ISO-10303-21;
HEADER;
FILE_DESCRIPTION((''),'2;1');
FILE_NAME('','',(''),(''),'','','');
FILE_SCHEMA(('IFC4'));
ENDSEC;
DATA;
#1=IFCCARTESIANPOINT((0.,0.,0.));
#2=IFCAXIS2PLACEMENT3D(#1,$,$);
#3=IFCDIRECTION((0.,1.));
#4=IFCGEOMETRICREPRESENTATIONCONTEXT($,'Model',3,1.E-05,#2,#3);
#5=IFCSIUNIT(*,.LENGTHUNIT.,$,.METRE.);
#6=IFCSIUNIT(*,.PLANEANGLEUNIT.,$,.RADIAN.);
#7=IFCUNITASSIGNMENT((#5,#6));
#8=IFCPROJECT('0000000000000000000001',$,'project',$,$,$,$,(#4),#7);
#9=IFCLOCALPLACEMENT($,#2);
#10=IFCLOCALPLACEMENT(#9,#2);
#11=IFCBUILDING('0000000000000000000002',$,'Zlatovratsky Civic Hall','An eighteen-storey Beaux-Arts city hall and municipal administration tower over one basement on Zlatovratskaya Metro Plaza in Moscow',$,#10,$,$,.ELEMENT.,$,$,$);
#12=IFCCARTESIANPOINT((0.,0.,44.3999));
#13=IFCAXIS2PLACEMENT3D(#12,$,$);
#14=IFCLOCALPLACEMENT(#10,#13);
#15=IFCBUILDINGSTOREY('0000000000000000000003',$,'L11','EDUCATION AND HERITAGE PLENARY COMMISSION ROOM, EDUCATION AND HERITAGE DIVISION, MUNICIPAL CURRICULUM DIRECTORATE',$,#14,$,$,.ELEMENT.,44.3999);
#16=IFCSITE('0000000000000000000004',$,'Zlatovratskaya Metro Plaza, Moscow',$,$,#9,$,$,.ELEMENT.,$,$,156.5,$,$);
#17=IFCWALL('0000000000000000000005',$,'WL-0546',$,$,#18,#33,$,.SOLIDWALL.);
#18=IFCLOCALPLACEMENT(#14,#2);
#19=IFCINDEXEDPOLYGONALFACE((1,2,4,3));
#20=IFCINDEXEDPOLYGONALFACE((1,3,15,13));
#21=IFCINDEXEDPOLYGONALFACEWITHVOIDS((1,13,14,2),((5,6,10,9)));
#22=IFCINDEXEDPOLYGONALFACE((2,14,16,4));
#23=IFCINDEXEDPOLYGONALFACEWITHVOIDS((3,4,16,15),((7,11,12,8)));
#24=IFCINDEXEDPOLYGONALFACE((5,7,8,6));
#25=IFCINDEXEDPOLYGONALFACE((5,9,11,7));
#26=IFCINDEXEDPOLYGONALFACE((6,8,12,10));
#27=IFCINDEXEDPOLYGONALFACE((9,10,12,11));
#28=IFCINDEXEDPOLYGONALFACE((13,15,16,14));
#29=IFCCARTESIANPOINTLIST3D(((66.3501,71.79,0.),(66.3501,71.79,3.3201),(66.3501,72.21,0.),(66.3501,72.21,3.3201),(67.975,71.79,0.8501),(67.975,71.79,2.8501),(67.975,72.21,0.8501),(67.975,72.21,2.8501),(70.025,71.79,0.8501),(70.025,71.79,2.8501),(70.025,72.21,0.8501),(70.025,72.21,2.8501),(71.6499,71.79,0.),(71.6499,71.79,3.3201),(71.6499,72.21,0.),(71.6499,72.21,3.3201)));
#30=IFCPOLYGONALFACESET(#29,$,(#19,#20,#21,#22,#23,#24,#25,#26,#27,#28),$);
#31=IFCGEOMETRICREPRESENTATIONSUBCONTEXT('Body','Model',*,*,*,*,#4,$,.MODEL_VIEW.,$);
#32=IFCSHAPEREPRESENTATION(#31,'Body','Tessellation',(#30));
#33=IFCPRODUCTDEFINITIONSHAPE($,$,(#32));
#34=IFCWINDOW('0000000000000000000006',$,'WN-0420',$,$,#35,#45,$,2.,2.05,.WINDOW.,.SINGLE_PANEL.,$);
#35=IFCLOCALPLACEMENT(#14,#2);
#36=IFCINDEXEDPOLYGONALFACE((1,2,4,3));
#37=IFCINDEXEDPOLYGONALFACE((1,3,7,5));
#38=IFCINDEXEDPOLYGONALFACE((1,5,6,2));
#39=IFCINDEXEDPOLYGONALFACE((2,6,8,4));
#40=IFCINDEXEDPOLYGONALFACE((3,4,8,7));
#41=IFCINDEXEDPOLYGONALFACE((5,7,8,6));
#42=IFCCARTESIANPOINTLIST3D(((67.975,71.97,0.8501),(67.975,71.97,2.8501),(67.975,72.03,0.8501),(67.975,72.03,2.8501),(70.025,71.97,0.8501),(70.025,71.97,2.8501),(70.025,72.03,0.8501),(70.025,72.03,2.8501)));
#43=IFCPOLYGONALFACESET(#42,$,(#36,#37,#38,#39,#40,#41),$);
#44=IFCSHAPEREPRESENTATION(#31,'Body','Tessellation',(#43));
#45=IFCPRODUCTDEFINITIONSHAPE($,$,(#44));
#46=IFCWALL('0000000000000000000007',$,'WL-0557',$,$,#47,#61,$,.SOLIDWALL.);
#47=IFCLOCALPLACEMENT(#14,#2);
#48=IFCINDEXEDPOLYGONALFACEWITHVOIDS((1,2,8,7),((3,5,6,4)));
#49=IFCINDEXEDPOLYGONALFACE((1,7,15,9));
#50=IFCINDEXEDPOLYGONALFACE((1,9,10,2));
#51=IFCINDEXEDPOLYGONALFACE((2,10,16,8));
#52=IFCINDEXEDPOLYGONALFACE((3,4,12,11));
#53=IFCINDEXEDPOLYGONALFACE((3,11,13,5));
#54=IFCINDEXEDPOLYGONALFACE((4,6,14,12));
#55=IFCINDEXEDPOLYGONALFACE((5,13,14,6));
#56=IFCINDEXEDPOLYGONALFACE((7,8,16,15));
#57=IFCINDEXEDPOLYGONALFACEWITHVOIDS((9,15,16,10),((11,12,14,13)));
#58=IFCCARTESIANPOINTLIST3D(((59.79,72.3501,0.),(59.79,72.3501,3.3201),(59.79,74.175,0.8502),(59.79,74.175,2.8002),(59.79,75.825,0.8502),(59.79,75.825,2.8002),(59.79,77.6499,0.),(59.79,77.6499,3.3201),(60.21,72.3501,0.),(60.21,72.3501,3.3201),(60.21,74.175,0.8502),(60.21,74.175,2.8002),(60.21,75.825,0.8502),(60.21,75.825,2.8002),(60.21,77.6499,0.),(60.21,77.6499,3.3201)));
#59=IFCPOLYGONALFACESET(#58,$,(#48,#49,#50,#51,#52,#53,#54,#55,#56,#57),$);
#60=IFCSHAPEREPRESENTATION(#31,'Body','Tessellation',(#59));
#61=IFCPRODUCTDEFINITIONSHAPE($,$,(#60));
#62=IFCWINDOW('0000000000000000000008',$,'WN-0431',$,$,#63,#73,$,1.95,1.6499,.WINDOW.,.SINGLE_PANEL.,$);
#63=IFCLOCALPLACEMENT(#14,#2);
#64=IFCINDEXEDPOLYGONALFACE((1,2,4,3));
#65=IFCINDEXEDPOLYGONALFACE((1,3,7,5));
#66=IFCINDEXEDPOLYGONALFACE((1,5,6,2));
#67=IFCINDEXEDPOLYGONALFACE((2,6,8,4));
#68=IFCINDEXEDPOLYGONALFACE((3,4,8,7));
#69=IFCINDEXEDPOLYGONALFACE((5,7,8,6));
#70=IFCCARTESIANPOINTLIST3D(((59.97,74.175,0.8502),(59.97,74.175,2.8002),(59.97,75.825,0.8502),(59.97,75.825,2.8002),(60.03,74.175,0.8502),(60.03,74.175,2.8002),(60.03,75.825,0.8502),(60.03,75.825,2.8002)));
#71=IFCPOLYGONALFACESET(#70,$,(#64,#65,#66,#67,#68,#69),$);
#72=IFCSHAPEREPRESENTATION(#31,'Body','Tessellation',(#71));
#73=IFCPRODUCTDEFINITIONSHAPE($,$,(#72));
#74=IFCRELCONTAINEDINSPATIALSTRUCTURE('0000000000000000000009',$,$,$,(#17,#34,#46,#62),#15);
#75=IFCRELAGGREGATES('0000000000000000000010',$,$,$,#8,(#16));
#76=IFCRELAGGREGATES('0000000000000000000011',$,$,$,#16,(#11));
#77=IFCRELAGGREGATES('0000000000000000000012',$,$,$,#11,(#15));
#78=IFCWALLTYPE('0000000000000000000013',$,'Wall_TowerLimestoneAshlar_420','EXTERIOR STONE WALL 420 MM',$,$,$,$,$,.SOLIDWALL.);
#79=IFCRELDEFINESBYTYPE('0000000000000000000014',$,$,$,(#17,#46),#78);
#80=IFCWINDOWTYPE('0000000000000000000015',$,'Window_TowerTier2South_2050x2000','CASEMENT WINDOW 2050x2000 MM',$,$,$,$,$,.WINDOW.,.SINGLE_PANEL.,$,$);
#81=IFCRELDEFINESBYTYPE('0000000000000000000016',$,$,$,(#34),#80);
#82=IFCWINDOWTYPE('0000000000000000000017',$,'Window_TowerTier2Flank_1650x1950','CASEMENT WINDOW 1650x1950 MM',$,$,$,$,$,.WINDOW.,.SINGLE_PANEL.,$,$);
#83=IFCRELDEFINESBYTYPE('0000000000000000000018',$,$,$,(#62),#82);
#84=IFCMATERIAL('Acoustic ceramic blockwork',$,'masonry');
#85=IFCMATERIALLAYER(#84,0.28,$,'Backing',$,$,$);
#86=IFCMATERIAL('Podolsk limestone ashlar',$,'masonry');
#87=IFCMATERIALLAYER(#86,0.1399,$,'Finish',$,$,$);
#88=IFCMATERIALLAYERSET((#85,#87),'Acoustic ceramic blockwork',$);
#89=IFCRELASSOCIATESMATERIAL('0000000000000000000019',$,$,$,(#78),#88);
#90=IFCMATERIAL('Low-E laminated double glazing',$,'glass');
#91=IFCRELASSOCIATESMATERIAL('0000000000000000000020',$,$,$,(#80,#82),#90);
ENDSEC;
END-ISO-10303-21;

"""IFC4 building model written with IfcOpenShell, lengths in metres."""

from ifc_helpers import new_model, si_unit, direction, frame, frame_2d, origin, place, context, subcontext, project, spatial, rectangle, extrude, material, layer, layer_set, type_object, element, fill, save


model = new_model("IFC4")

# Units and contexts
model_context = context("Model", 3, precision=1e-05, world=origin(), true_north=direction((0.0, 1.0)))
body_context = subcontext(model_context, "Body", "Model", "MODEL_VIEW")
ifc_project = project(units=[si_unit("LENGTHUNIT", "METRE"), si_unit("PLANEANGLEUNIT", "RADIAN")], contexts=[model_context])

# Site, building, storey
site_placement = place(None, origin())
site = spatial("IfcSite", under=ifc_project, at=site_placement, Name="Zlatovratskaya Metro Plaza, Moscow", CompositionType="ELEMENT", RefElevation=156.5)
building_placement = place(site_placement, origin())
building = spatial("IfcBuilding", under=site, at=building_placement, Name="Zlatovratsky Civic Hall", Description="An eighteen-storey Beaux-Arts city hall and municipal administration tower over one basement on Zlatovratskaya Metro Plaza in Moscow", CompositionType="ELEMENT")
storey_placement = place(building_placement, frame((0.0, 0.0, 44.3999)))
storey = spatial("IfcBuildingStorey", under=building, at=storey_placement, Name="L11", Description="EDUCATION AND HERITAGE PLENARY COMMISSION ROOM, EDUCATION AND HERITAGE DIVISION, MUNICIPAL CURRICULUM DIRECTORATE", CompositionType="ELEMENT", Elevation=44.3999)

# Walls, openings, windows
ifc_material_1 = material(Name="Acoustic ceramic blockwork", Category="masonry")
ifc_layer_1 = layer(ifc_material_1, 0.28, Name="Backing")
ifc_material_2 = material(Name="Podolsk limestone ashlar", Category="masonry")
ifc_layer_2 = layer(ifc_material_2, 0.1399, Name="Finish")
ifc_layer_set_1 = layer_set([ifc_layer_1, ifc_layer_2], Name="Acoustic ceramic blockwork")
wall_type = type_object("IfcWallType", Name="Wall_TowerLimestoneAshlar_420", Description="EXTERIOR STONE WALL 420 MM", PredefinedType="SOLIDWALL", material=ifc_layer_set_1)
ifc_material_3 = material(Name="Low-E laminated double glazing", Category="glass")
window_type_1 = type_object("IfcWindowType", Name="Window_TowerTier2South_2050x2000", Description="CASEMENT WINDOW 2050x2000 MM", PartitioningType="SINGLE_PANEL", PredefinedType="WINDOW", material=ifc_material_3)
wall_1_placement = place(storey_placement, frame((66.3501, 72.0, 0.0), z_axis=(0.0, 0.0, 1.0), x_axis=(1.0, 0.0, 0.0)))
wall_1 = element("IfcWall", 1, at=wall_1_placement, inside=storey, type_object=wall_type, Name="WL-0546", PredefinedType="SOLIDWALL", context=body_context, shape_type="SweptSolid", body=[
    extrude(rectangle(XDim=5.2998, YDim=0.4199, at=frame_2d((2.6499, 0.0))), origin(), (0.0, 0.0, 1.0), 3.3201),
])
opening_1_placement = place(wall_1_placement, frame((1.625, 0.0, 0.8501)))
opening_1 = element("IfcOpeningElement", 2, at=opening_1_placement, cuts=wall_1, PredefinedType="OPENING", context=body_context, shape_type="SweptSolid", body=[
    extrude(rectangle(XDim=2.05, YDim=2.0, at=frame_2d((1.0249, 1.0))), frame((0.0, 0.2249, 0.0), z_axis=(0.0, -1.0, 0.0), x_axis=(1.0, 0.0, 0.0)), (0.0, 0.0, 1.0), 0.4497),
])
window_1_placement = place(opening_1_placement, origin())
window_1 = element("IfcWindow", 3, at=window_1_placement, inside=storey, type_object=window_type_1, Name="WN-0420", OverallHeight=2.0, OverallWidth=2.05, PartitioningType="SINGLE_PANEL", PredefinedType="WINDOW", context=body_context, shape_type="SweptSolid", body=[
    extrude(rectangle(XDim=2.05, YDim=2.0, at=frame_2d((1.0249, 1.0))), frame((0.0, 0.03, 0.0), z_axis=(0.0, -1.0, 0.0), x_axis=(1.0, 0.0, 0.0)), (0.0, 0.0, 1.0), 0.0601),
])
fill(opening_1, window_1)
wall_2_placement = place(storey_placement, frame((60.0, 72.3501, 0.0), z_axis=(0.0, 0.0, 1.0), x_axis=(0.0, 1.0, 0.0)))
wall_2 = element("IfcWall", 4, at=wall_2_placement, inside=storey, type_object=wall_type, Name="WL-0557", PredefinedType="SOLIDWALL", context=body_context, shape_type="SweptSolid", body=[
    extrude(rectangle(XDim=5.2998, YDim=0.4199, at=frame_2d((2.6499, 0.0))), origin(), (0.0, 0.0, 1.0), 3.3201),
])
opening_2_placement = place(wall_2_placement, frame((1.825, 0.0, 0.8501)))
opening_2 = element("IfcOpeningElement", 5, at=opening_2_placement, cuts=wall_2, PredefinedType="OPENING", context=body_context, shape_type="SweptSolid", body=[
    extrude(rectangle(XDim=1.6499, YDim=1.95, at=frame_2d((0.825, 0.9751))), frame((0.0, 0.2249, 0.0), z_axis=(0.0, -1.0, 0.0), x_axis=(1.0, 0.0, 0.0)), (0.0, 0.0, 1.0), 0.4497),
])
window_type_2 = type_object("IfcWindowType", Name="Window_TowerTier2Flank_1650x1950", Description="CASEMENT WINDOW 1650x1950 MM", PartitioningType="SINGLE_PANEL", PredefinedType="WINDOW", material=ifc_material_3)
window_2_placement = place(opening_2_placement, origin())
window_2 = element("IfcWindow", 6, at=window_2_placement, inside=storey, type_object=window_type_2, Name="WN-0431", OverallHeight=1.95, OverallWidth=1.6499, PartitioningType="SINGLE_PANEL", PredefinedType="WINDOW", context=body_context, shape_type="SweptSolid", body=[
    extrude(rectangle(XDim=1.6499, YDim=1.95, at=frame_2d((0.825, 0.9751))), frame((0.0, 0.03, 0.0), z_axis=(0.0, -1.0, 0.0), x_axis=(1.0, 0.0, 0.0)), (0.0, 0.0, 1.0), 0.0601),
])
fill(opening_2, window_2)

save(model, "model.ifc")
